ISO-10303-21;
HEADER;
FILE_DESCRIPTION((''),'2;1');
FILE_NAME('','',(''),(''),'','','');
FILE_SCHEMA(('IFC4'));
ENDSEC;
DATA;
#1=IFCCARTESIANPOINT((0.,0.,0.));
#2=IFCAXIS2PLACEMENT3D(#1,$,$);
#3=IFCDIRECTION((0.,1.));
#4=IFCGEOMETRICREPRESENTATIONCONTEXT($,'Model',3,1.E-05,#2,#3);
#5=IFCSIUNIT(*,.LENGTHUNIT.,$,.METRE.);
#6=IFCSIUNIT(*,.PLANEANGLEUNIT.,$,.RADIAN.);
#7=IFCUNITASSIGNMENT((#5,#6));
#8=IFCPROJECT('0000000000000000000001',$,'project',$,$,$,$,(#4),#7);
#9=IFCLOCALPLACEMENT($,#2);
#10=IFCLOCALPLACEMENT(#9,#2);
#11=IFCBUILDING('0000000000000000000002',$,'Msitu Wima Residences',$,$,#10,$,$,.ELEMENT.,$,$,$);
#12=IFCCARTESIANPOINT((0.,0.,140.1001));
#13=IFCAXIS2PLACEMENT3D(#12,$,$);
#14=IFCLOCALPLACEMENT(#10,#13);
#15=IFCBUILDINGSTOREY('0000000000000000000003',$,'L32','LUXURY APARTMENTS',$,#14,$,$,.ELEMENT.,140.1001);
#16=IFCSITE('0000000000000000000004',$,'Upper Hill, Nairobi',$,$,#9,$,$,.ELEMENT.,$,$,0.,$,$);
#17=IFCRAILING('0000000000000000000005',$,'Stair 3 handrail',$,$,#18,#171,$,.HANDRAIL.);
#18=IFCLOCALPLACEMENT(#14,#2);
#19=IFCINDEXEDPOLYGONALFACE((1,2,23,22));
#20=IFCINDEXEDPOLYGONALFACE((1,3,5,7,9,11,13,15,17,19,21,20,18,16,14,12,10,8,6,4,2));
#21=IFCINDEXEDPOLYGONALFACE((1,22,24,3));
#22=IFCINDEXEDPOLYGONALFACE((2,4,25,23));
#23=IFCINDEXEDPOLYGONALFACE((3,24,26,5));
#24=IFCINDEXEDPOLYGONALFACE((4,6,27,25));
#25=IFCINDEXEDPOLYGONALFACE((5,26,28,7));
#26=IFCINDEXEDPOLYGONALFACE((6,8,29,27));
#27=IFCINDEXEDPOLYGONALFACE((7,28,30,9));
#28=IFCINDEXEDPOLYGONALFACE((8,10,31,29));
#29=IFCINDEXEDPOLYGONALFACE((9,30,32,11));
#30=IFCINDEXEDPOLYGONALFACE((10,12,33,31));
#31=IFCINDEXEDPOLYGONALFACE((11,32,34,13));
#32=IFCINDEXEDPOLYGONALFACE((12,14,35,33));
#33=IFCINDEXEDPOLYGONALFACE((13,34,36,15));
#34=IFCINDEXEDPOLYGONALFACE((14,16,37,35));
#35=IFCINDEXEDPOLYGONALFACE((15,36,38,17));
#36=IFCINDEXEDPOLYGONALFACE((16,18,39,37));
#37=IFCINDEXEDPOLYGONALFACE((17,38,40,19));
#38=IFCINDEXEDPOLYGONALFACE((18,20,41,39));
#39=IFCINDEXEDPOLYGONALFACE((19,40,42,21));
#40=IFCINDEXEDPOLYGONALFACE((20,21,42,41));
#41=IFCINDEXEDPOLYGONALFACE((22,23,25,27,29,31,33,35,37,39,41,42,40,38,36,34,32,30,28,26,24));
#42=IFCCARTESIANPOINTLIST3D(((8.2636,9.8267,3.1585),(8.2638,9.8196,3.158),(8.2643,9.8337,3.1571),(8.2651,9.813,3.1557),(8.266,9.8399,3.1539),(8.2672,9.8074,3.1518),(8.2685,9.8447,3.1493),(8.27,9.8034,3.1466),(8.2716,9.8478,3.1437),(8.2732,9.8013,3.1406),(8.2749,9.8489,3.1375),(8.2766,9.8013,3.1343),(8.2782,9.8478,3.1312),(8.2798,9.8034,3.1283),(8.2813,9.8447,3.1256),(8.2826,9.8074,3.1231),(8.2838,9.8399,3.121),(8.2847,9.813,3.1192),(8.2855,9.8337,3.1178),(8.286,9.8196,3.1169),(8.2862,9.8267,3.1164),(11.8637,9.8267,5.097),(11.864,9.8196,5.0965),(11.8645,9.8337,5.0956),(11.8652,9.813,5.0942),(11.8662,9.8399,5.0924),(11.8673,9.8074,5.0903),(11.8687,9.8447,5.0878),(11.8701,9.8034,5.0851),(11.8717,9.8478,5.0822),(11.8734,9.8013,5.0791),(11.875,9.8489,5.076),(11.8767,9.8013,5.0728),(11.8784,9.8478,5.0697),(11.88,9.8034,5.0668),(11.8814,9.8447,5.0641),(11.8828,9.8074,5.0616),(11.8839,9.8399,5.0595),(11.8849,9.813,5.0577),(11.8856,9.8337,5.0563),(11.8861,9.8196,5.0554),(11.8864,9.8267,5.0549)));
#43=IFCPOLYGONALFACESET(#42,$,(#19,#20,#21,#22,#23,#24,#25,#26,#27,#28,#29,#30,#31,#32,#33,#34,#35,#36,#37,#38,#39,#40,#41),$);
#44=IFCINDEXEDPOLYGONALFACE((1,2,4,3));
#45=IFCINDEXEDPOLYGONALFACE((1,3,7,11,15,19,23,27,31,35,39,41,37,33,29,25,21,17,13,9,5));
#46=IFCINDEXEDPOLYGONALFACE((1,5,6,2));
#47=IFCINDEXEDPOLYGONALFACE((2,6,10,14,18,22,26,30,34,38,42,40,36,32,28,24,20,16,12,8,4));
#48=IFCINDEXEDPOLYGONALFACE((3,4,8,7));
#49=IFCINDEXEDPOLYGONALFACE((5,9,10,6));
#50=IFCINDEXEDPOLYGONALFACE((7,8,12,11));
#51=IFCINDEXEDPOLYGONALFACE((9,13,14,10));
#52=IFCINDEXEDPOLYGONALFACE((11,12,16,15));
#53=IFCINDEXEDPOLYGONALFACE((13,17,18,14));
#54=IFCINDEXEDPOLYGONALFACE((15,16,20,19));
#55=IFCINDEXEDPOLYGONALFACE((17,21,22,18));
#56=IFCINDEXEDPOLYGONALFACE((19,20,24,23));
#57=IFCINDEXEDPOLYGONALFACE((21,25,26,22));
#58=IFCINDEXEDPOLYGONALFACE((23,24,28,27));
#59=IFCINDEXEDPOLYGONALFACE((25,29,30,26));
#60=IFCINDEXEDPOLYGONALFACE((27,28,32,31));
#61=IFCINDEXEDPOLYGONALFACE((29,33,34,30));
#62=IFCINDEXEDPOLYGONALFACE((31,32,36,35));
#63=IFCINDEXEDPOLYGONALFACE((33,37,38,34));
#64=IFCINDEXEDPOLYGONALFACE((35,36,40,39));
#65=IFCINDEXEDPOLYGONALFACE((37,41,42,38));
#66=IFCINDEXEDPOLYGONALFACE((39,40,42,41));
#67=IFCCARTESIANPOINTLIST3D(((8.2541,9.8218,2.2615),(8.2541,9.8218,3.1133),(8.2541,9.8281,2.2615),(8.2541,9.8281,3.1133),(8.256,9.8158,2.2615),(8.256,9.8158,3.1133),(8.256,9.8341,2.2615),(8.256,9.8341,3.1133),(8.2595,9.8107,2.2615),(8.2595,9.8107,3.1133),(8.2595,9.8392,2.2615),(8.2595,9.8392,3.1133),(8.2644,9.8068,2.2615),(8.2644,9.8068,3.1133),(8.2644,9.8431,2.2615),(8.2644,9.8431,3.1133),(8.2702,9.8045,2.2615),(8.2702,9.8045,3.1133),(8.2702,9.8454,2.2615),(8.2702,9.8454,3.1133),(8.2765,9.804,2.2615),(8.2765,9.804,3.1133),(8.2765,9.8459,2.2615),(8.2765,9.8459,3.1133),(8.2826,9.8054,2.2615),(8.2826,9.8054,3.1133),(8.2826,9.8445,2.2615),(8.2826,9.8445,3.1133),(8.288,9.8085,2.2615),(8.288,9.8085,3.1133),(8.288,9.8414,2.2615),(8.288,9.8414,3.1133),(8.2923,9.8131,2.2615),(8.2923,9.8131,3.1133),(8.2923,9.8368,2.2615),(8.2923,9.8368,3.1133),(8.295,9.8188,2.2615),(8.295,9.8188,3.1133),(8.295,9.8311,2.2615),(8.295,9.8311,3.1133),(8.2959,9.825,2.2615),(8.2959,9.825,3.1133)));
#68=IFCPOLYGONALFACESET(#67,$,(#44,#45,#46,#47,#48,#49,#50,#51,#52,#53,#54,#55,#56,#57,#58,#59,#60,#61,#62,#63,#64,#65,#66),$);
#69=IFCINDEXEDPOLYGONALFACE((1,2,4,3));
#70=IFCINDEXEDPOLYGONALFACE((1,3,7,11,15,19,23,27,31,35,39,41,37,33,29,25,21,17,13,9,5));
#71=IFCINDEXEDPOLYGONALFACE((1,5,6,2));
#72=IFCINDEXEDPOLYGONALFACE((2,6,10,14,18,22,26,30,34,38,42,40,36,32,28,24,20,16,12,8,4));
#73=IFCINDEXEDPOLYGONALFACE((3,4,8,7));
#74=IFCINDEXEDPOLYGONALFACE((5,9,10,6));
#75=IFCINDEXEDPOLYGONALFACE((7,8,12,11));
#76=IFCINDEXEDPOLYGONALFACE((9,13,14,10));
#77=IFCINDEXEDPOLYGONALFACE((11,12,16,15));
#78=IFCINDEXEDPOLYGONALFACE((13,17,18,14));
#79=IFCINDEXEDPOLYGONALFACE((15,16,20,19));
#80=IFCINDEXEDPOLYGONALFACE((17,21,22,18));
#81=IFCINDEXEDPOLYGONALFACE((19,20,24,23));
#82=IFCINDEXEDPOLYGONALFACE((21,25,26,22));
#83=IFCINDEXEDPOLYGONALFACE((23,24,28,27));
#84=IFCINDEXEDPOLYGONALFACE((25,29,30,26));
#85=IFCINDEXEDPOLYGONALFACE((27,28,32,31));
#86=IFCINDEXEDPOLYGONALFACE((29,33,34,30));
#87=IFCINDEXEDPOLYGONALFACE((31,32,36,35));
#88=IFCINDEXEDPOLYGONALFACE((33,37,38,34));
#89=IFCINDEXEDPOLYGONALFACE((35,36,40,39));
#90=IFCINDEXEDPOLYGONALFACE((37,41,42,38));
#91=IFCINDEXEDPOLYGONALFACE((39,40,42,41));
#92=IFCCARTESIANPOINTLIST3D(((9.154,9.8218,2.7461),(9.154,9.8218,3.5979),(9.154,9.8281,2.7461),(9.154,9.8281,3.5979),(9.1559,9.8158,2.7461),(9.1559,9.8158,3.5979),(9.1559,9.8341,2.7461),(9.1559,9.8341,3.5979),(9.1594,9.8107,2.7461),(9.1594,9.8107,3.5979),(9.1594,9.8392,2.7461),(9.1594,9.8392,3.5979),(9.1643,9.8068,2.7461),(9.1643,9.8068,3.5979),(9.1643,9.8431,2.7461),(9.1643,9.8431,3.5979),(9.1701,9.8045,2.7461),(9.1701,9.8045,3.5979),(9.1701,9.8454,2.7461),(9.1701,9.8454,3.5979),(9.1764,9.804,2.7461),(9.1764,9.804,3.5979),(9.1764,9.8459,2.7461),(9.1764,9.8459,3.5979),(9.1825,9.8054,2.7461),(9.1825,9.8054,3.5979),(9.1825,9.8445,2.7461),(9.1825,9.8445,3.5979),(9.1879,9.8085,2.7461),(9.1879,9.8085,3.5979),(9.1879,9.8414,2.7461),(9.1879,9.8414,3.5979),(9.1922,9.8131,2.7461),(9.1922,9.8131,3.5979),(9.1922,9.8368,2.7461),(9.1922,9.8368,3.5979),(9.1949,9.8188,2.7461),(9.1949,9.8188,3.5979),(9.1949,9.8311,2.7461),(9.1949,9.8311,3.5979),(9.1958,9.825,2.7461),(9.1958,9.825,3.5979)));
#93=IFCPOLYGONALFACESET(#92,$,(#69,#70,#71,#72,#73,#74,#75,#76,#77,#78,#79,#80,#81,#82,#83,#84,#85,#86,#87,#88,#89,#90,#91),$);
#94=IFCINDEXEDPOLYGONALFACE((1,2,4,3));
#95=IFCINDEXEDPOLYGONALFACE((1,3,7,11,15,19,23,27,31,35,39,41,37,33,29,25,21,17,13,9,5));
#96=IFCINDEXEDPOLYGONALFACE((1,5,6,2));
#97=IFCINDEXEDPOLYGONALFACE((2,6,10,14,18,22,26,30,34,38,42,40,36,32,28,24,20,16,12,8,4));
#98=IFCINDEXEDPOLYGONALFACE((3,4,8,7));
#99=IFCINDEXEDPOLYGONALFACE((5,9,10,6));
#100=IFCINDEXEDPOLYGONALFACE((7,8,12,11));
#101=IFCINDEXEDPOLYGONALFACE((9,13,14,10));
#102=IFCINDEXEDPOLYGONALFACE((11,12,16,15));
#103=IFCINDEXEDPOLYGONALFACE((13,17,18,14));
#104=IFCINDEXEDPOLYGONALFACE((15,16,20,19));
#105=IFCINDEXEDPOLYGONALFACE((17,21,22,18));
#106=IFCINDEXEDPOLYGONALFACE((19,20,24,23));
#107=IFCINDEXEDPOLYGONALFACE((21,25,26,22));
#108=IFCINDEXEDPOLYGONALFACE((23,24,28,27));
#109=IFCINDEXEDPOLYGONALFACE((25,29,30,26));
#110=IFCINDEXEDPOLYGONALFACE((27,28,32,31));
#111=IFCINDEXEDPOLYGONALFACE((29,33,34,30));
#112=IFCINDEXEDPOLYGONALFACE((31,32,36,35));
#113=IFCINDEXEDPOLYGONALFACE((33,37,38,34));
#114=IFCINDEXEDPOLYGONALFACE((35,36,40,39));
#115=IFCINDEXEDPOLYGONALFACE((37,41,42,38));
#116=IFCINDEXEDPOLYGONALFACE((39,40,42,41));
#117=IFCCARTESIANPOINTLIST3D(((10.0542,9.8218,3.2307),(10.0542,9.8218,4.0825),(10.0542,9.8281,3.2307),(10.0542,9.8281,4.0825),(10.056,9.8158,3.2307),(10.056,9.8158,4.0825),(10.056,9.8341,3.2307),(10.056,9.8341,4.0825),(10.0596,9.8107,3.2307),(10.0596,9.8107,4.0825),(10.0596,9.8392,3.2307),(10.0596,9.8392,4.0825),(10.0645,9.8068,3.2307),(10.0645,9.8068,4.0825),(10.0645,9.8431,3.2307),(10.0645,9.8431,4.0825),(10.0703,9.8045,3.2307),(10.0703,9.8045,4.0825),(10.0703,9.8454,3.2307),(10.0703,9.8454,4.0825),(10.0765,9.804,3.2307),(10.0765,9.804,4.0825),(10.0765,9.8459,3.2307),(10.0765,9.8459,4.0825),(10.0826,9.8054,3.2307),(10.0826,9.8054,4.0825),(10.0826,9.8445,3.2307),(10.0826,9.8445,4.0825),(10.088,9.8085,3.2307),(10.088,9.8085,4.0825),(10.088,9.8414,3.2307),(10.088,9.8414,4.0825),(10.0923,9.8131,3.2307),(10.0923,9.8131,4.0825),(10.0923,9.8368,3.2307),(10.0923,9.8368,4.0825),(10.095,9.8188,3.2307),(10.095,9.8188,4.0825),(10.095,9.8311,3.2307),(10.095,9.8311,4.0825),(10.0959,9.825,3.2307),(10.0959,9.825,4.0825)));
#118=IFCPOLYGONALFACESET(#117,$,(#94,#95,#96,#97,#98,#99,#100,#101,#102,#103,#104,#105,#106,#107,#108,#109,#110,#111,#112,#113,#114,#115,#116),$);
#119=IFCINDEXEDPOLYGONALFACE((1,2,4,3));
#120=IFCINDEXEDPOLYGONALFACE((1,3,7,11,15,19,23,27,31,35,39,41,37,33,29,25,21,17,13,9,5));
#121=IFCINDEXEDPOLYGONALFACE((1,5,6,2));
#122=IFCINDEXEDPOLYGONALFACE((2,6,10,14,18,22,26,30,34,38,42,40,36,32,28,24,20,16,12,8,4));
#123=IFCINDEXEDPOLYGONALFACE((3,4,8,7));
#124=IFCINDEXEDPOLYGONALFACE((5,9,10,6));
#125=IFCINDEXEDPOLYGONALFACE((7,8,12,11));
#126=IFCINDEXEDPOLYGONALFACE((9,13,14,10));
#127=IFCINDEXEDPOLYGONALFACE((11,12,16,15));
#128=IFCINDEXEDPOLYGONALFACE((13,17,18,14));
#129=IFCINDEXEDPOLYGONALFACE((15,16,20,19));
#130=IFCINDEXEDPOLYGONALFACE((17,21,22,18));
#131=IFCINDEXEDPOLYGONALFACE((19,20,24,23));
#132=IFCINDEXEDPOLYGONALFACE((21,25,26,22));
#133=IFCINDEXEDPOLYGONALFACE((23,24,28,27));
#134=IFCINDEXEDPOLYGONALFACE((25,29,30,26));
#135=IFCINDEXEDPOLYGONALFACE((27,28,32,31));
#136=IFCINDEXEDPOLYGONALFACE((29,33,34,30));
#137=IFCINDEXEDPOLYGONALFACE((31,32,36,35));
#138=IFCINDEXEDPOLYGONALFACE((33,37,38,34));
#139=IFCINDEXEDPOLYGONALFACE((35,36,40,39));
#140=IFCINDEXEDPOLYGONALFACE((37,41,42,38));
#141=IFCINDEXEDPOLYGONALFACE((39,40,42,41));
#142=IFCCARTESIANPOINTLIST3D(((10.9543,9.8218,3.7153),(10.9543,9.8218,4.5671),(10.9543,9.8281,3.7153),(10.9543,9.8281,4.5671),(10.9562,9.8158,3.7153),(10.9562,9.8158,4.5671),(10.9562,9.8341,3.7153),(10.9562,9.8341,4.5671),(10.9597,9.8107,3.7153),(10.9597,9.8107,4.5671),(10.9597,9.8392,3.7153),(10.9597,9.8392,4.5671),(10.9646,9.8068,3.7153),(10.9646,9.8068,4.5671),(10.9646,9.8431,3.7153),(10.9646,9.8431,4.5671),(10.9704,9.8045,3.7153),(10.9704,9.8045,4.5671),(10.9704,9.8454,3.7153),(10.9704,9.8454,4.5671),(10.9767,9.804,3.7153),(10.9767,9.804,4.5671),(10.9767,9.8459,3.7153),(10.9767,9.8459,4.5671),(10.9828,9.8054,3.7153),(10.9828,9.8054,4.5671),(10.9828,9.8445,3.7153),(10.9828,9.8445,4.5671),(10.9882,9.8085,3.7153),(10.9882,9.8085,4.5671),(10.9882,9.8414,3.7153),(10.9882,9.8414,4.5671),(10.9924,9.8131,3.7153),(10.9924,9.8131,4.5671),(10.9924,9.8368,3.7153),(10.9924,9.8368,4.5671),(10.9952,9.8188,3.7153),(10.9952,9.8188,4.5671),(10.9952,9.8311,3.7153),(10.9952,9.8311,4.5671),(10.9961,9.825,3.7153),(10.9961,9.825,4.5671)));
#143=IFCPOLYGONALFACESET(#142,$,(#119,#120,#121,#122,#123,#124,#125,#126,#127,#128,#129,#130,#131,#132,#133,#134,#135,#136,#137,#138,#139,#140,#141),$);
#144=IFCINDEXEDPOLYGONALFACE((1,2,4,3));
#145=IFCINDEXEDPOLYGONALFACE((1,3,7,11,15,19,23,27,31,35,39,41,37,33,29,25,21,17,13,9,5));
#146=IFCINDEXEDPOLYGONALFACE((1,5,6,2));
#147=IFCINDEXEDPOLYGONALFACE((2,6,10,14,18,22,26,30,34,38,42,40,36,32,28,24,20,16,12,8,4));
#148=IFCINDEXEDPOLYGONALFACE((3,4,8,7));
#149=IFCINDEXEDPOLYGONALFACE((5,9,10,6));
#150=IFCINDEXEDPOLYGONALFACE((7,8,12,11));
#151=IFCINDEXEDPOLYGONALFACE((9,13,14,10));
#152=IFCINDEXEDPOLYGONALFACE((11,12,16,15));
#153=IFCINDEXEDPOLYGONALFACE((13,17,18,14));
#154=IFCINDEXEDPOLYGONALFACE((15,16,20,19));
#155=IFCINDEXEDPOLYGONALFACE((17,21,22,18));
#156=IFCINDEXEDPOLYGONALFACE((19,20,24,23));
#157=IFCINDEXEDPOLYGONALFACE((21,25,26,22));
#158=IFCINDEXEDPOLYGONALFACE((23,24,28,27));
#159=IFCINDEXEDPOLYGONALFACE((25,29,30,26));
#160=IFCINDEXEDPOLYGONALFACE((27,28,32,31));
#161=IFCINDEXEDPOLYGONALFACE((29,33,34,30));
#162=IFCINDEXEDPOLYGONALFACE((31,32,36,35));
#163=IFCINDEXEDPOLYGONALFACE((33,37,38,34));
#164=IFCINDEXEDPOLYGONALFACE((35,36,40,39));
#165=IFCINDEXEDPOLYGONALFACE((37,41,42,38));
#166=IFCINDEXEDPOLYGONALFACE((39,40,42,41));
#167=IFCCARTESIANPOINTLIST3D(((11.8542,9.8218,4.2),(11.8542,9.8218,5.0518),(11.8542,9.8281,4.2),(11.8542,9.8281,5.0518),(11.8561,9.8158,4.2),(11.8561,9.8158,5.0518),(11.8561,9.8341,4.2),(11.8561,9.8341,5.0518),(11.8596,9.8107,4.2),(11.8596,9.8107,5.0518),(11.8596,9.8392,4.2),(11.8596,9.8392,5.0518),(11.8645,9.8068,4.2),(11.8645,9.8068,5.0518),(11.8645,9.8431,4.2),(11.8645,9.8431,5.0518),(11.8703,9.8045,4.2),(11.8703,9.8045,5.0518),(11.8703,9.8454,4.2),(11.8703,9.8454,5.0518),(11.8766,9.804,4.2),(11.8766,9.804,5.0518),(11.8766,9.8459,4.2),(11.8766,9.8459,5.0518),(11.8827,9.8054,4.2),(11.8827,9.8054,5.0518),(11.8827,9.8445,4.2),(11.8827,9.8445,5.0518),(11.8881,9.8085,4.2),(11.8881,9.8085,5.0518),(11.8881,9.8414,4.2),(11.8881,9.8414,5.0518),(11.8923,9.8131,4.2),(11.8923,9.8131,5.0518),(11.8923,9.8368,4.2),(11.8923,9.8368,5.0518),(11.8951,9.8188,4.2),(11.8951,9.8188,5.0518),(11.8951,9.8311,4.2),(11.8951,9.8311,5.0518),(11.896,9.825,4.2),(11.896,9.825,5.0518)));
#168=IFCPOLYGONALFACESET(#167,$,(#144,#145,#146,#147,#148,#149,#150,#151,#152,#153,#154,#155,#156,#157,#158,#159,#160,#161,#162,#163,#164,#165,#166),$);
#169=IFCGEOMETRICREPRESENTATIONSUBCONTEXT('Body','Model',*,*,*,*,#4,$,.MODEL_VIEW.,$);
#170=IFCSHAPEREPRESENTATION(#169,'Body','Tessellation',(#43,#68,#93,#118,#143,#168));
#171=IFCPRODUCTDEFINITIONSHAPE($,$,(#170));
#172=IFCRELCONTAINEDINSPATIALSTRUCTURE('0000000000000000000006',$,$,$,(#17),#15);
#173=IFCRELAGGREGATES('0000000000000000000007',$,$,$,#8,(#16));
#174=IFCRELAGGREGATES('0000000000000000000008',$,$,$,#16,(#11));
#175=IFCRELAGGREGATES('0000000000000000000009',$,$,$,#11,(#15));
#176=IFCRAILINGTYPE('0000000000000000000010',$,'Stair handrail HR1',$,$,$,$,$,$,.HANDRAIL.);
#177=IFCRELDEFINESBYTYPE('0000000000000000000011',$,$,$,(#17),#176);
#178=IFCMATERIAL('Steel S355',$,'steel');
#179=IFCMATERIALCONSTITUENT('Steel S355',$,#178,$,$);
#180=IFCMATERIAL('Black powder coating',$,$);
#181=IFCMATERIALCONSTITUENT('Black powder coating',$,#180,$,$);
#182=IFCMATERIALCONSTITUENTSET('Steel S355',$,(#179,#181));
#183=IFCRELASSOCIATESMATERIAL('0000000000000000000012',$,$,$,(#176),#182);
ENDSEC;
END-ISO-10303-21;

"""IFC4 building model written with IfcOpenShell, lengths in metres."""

from ifc_helpers import new_model, si_unit, direction, frame, origin, origin_2d, place, context, subcontext, project, spatial, circle, extrude, material, constituent, constituent_set, type_object, element, save


model = new_model("IFC4")

# Units and contexts
model_context = context("Model", 3, precision=1e-05, world=origin(), true_north=direction((0.0, 1.0)))
body_context = subcontext(model_context, "Body", "Model", "MODEL_VIEW")
ifc_project = project(units=[si_unit("LENGTHUNIT", "METRE"), si_unit("PLANEANGLEUNIT", "RADIAN")], contexts=[model_context])

# Site, building, storey
site_placement = place(None, origin())
site = spatial("IfcSite", under=ifc_project, at=site_placement, Name="Upper Hill, Nairobi", CompositionType="ELEMENT", RefElevation=0.0)
building_placement = place(site_placement, origin())
building = spatial("IfcBuilding", under=site, at=building_placement, Name="Msitu Wima Residences", CompositionType="ELEMENT")
storey_placement = place(building_placement, frame((0.0, 0.0, 140.1001)))
storey = spatial("IfcBuildingStorey", under=building, at=storey_placement, Name="L32", Description="LUXURY APARTMENTS", CompositionType="ELEMENT", Elevation=140.1001)

# Railing
ifc_material_1 = material(Name="Steel S355", Category="steel")
ifc_constituent_1 = constituent(ifc_material_1, Name="Steel S355")
ifc_material_2 = material(Name="Black powder coating")
ifc_constituent_2 = constituent(ifc_material_2, Name="Black powder coating")
ifc_constituent_set = constituent_set(constituents=[ifc_constituent_1, ifc_constituent_2], Name="Steel S355")
railing_type = type_object("IfcRailingType", Name="Stair handrail HR1", PredefinedType="HANDRAIL", material=ifc_constituent_set)
for number, where, name in (
    (1, (8.2749, 9.825, 2.2615), "Stair 3 handrail"),
):
    element("IfcRailing", number, at=place(storey_placement, frame(where)), inside=storey, type_object=railing_type, Name=name, PredefinedType="HANDRAIL", context=body_context, shape_type="SweptSolid", body=[
        extrude(circle(Radius=0.0239, at=origin_2d()), frame((0.0, 0.0, 0.876), z_axis=(0.880475, 0.0, 0.474093), x_axis=(0.0, 1.0, 0.0)), (0.0, 0.0, 1.0), 4.0889),
        extrude(circle(Radius=0.021, at=origin_2d()), origin(), (0.0, 0.0, 1.0), 0.8518),
        extrude(circle(Radius=0.021, at=origin_2d()), frame((0.8999, 0.0, 0.4846)), (0.0, 0.0, 1.0), 0.8518),
        extrude(circle(Radius=0.021, at=origin_2d()), frame((1.8, 0.0, 0.9692)), (0.0, 0.0, 1.0), 0.8518),
        extrude(circle(Radius=0.021, at=origin_2d()), frame((2.7002, 0.0, 1.4539)), (0.0, 0.0, 1.0), 0.8518),
        extrude(circle(Radius=0.021, at=origin_2d()), frame((3.6001, 0.0, 1.9385)), (0.0, 0.0, 1.0), 0.8518),
    ])

save(model, "model.ifc")
